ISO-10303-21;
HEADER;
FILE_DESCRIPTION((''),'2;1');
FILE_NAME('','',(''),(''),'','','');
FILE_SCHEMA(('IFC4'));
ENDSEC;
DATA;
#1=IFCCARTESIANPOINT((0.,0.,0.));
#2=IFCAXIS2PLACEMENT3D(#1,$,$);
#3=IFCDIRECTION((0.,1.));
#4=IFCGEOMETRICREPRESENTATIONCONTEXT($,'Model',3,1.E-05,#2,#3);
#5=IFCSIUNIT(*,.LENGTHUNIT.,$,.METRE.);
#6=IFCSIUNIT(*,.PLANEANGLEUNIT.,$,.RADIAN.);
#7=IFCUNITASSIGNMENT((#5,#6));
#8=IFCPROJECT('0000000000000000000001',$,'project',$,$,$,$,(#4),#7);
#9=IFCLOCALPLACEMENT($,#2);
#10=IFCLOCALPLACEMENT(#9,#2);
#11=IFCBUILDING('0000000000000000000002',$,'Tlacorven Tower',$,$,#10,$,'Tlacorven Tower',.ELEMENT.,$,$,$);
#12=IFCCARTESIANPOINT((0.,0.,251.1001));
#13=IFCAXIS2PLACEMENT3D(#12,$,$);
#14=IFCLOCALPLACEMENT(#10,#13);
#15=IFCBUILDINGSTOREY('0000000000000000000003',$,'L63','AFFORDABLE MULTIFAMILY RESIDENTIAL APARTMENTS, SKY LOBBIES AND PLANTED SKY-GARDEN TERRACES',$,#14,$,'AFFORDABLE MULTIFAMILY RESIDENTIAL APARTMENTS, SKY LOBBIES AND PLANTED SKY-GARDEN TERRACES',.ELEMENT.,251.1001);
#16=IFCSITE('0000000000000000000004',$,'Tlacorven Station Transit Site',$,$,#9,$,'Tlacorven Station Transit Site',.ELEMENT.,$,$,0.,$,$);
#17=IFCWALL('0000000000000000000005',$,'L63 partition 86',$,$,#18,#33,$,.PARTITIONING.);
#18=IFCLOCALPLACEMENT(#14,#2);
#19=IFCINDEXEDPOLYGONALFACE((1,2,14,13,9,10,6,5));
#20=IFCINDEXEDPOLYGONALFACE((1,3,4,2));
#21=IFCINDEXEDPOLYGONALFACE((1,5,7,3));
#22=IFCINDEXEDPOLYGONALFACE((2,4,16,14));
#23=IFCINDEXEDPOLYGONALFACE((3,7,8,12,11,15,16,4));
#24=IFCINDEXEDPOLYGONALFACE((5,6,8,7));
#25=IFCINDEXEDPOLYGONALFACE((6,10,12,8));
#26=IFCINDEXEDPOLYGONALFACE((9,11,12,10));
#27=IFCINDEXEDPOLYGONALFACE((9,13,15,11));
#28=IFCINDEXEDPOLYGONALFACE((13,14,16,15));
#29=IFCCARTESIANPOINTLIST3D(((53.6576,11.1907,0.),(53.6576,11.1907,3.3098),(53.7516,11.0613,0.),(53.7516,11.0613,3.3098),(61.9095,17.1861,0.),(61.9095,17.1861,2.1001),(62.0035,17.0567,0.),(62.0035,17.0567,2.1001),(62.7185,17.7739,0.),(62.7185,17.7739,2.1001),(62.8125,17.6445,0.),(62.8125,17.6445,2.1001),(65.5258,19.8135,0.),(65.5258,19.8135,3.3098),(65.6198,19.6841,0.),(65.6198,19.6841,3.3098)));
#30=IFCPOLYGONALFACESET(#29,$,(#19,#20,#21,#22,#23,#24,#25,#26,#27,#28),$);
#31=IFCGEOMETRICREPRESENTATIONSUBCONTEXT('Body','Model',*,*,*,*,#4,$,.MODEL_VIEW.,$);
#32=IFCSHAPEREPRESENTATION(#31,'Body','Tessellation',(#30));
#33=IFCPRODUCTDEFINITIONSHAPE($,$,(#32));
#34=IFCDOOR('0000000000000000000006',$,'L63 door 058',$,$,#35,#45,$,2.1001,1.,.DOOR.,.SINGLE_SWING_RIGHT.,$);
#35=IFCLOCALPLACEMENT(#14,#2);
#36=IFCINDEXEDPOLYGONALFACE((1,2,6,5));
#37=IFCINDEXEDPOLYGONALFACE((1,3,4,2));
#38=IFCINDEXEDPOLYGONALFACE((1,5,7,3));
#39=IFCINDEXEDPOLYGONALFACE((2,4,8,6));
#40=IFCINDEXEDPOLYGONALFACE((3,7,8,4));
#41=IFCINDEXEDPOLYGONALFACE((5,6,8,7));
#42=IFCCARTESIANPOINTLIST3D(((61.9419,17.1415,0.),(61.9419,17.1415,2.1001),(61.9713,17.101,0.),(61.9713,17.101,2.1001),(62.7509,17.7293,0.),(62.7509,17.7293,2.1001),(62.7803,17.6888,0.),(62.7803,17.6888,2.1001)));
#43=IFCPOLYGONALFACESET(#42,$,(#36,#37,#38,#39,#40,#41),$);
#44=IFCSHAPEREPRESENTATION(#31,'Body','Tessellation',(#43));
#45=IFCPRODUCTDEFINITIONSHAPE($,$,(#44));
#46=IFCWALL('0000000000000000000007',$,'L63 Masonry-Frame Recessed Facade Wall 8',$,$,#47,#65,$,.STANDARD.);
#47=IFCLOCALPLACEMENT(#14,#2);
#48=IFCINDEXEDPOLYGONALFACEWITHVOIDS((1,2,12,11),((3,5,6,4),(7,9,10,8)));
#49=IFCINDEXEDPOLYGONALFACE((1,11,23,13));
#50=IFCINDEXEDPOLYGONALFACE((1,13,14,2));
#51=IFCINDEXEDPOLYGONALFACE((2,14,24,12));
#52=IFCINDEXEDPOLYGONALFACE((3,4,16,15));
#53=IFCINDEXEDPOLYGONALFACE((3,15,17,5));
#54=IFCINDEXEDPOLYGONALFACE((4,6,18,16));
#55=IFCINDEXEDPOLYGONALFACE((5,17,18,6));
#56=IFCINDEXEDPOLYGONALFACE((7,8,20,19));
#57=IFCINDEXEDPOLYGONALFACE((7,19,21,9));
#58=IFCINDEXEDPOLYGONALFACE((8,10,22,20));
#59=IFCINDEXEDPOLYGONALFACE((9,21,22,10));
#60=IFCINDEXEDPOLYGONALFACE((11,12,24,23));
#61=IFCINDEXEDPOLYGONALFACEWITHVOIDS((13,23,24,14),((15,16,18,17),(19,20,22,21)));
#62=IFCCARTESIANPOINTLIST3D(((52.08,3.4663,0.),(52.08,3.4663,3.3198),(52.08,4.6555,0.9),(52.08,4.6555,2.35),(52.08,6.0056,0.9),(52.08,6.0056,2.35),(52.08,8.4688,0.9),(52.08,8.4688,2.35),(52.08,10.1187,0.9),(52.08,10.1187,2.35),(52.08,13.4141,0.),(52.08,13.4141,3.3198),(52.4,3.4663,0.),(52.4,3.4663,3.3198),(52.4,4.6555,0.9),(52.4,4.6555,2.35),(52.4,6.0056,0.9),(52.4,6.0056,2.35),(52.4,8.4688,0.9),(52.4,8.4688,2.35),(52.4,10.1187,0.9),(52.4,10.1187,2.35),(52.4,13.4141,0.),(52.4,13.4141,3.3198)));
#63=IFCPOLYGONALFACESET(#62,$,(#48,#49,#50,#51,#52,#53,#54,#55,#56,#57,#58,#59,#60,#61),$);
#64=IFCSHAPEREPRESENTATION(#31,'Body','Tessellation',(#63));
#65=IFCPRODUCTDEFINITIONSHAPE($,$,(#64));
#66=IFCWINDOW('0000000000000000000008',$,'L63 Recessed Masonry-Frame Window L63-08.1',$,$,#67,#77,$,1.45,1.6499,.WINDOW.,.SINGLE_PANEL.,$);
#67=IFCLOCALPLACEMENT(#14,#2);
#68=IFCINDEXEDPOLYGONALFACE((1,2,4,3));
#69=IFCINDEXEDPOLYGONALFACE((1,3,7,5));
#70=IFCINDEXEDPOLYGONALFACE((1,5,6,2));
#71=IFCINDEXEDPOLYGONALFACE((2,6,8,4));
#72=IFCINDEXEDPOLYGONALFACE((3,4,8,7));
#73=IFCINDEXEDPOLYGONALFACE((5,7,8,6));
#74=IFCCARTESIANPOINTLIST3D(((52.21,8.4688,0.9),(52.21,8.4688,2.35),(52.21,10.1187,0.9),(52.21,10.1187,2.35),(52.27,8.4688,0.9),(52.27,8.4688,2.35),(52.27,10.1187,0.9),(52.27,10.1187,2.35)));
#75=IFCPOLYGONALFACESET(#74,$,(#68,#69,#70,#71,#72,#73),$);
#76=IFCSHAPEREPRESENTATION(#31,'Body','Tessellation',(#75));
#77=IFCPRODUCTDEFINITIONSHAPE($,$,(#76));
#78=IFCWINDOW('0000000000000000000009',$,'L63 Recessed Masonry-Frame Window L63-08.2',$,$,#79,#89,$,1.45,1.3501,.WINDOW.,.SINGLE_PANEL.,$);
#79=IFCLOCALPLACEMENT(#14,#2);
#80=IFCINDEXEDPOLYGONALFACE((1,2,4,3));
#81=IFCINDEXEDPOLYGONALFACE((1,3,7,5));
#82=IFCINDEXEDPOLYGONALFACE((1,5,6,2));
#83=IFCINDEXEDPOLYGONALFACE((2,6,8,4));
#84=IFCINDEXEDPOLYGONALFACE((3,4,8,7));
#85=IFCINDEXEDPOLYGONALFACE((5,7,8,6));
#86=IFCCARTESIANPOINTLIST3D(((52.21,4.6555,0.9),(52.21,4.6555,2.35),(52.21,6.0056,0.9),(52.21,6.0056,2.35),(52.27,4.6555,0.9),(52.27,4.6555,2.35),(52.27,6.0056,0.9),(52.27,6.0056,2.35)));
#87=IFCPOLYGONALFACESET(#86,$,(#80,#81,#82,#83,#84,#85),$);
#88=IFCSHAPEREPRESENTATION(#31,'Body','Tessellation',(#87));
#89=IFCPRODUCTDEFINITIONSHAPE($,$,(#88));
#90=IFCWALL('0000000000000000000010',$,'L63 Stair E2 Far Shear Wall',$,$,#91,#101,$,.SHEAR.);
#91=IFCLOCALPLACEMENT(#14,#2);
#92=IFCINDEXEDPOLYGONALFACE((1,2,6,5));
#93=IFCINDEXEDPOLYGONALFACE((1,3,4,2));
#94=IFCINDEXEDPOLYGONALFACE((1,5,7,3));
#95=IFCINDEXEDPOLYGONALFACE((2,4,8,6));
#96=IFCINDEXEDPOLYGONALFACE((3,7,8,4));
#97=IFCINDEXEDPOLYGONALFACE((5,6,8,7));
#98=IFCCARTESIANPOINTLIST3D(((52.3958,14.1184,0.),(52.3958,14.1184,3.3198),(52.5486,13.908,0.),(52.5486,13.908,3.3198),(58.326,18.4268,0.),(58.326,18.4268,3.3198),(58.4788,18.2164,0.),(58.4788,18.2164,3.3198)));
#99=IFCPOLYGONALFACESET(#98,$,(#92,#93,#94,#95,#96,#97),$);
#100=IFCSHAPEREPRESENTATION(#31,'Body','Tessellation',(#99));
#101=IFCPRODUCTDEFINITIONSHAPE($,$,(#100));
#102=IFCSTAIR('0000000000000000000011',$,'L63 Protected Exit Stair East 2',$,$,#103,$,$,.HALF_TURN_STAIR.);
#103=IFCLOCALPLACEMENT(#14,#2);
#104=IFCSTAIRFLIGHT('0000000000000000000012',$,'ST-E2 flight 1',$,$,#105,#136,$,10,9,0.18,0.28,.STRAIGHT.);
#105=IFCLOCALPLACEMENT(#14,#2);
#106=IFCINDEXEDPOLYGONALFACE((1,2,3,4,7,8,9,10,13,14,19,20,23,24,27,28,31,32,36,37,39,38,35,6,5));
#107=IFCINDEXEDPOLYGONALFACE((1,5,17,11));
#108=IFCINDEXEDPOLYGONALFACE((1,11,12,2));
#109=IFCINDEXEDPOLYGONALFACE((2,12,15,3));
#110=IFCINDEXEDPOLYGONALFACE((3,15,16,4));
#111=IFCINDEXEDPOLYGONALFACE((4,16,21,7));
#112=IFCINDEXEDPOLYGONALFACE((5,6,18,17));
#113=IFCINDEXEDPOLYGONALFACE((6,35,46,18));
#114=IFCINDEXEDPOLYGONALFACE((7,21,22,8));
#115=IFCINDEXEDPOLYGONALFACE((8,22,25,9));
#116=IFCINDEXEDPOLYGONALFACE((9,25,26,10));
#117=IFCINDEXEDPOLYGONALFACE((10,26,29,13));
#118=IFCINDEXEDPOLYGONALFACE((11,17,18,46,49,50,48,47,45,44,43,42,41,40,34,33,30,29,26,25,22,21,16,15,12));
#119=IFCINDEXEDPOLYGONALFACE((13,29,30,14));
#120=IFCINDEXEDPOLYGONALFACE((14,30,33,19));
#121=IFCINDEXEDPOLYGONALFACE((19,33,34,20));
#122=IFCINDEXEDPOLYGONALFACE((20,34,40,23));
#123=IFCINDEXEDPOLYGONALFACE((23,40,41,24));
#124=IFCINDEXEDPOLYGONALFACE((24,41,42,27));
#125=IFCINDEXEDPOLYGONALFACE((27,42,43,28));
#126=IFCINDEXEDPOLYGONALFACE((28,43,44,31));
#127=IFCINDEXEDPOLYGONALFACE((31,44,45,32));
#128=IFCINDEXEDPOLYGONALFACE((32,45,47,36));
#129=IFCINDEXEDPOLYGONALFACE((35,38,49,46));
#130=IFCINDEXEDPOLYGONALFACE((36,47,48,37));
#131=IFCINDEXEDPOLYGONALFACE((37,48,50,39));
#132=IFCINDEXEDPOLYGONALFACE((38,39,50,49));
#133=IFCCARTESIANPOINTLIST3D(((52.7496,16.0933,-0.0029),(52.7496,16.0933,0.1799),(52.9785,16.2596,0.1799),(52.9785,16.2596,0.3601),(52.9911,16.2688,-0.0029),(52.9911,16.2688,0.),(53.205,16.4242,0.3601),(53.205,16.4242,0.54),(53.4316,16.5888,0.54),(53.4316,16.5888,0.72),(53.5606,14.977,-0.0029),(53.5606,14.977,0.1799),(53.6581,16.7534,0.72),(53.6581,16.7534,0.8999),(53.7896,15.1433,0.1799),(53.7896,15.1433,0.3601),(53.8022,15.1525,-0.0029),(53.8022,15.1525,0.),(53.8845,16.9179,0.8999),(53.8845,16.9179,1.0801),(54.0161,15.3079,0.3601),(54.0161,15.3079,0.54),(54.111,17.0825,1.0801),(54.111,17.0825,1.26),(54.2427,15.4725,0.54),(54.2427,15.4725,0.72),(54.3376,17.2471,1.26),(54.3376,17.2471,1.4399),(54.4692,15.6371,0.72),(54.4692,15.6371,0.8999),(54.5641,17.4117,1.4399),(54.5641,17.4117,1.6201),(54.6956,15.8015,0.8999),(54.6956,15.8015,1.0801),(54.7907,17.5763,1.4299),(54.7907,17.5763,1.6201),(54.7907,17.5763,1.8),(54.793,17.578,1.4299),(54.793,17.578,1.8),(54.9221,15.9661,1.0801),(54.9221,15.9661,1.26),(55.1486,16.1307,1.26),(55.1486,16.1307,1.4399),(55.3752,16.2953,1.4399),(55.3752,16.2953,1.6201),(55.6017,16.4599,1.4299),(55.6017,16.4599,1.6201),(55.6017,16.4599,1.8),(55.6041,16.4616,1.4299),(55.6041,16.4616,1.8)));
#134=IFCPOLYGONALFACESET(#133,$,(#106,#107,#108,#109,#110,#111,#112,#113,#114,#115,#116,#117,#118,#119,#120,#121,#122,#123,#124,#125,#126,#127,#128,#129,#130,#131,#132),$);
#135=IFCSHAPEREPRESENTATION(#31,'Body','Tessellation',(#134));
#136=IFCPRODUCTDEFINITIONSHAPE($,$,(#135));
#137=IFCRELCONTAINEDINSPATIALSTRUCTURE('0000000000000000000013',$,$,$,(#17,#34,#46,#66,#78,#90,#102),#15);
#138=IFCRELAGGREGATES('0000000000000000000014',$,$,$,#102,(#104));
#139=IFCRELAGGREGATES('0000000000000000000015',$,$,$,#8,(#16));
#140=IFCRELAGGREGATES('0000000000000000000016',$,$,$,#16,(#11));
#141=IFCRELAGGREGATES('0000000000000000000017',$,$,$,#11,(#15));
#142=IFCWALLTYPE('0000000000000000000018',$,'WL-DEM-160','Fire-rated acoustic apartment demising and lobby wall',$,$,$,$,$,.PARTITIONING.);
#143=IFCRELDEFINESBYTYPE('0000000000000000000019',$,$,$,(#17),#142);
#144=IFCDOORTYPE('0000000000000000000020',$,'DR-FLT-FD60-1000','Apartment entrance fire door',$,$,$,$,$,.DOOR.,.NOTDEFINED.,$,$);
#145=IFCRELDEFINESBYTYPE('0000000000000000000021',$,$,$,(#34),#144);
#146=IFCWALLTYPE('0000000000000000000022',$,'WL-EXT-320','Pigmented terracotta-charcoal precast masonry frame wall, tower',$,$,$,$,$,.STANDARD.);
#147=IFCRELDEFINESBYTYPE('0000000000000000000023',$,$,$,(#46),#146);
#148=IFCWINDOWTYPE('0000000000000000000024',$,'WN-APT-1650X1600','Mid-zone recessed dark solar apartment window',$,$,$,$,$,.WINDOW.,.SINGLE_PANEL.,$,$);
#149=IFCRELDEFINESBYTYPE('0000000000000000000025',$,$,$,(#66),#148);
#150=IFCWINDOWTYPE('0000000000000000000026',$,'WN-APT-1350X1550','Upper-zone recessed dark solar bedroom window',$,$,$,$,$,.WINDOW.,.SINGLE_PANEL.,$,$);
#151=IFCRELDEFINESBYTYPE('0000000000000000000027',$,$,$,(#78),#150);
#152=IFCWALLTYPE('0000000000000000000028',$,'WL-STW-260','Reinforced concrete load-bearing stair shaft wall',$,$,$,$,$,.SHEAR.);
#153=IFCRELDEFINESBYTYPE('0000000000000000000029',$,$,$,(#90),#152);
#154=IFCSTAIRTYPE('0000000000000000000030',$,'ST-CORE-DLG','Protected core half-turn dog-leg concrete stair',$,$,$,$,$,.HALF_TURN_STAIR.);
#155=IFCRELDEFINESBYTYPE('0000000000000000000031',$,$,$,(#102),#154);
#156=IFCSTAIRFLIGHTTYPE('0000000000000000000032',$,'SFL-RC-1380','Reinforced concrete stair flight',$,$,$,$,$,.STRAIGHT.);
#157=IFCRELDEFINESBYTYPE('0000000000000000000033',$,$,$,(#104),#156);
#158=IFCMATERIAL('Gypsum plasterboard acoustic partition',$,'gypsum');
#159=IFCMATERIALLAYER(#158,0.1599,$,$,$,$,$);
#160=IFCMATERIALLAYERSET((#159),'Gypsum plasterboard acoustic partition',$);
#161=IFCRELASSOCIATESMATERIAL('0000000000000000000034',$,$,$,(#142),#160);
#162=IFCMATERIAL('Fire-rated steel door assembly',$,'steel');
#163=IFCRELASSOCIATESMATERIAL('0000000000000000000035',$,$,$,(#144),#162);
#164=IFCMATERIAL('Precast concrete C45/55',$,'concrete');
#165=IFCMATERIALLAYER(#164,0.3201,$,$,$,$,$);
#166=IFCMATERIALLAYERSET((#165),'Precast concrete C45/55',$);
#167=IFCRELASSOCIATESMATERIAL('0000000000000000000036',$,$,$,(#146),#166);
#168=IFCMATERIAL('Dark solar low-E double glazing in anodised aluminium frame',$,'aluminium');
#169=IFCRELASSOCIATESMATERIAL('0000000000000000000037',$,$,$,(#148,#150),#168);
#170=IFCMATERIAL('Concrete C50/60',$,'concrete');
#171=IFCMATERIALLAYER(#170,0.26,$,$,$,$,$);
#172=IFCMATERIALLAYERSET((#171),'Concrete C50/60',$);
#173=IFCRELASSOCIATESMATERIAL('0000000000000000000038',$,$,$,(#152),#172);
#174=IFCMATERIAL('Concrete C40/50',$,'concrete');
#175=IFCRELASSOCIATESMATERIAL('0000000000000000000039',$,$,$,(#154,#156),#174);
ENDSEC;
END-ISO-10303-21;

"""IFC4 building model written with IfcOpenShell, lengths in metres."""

from ifc_helpers import new_model, si_unit, direction, frame, frame_2d, origin, place, context, subcontext, project, spatial, polyline, rectangle, outline, extrude, source, transform, mapped, material, layer, layer_set, type_object, element, fill, aggregate, save


model = new_model("IFC4")

# Units and contexts
model_context = context("Model", 3, precision=1e-05, world=origin(), true_north=direction((0.0, 1.0)))
body_context = subcontext(model_context, "Body", "Model", "MODEL_VIEW")
ifc_project = project(units=[si_unit("LENGTHUNIT", "METRE"), si_unit("PLANEANGLEUNIT", "RADIAN")], contexts=[model_context])

# Site, building, storey
site_placement = place(None, origin())
site = spatial("IfcSite", under=ifc_project, at=site_placement, Name="Tlacorven Station Transit Site", LongName="Tlacorven Station Transit Site", CompositionType="ELEMENT", RefElevation=0.0)
building_placement = place(site_placement, origin())
building = spatial("IfcBuilding", under=site, at=building_placement, Name="Tlacorven Tower", LongName="Tlacorven Tower", CompositionType="ELEMENT")
storey_placement = place(building_placement, frame((0.0, 0.0, 251.1001)))
storey = spatial("IfcBuildingStorey", under=building, at=storey_placement, Name="L63", Description="AFFORDABLE MULTIFAMILY RESIDENTIAL APARTMENTS, SKY LOBBIES AND PLANTED SKY-GARDEN TERRACES", LongName="AFFORDABLE MULTIFAMILY RESIDENTIAL APARTMENTS, SKY LOBBIES AND PLANTED SKY-GARDEN TERRACES", CompositionType="ELEMENT", Elevation=251.1001)

# Shared definitions
ifc_material_1 = material(Name="Concrete C50/60", Category="concrete")

# Wall, opening, door
ifc_material_2 = material(Name="Gypsum plasterboard acoustic partition", Category="gypsum")
ifc_layer_1 = layer(ifc_material_2, 0.1599)
ifc_layer_set_1 = layer_set([ifc_layer_1], Name="Gypsum plasterboard acoustic partition")
wall_type_1 = type_object("IfcWallType", Name="WL-DEM-160", Description="Fire-rated acoustic apartment demising and lobby wall", PredefinedType="PARTITIONING", material=ifc_layer_set_1)
wall_1_placement = place(storey_placement, frame((53.7046, 11.126, 0.0), z_axis=(0.0, 0.0, 1.0), x_axis=(0.809015, 0.587789, 0.0)))
wall_1 = element("IfcWall", 1, at=wall_1_placement, inside=storey, type_object=wall_type_1, Name="L63 partition 86", PredefinedType="PARTITIONING", context=body_context, shape_type="SweptSolid", body=[
    extrude(rectangle(XDim=14.6699, YDim=0.1599, at=frame_2d((7.335, 0.0))), origin(), (0.0, 0.0, 1.0), 3.3098),
])
opening_1_placement = place(wall_1_placement, frame((10.2, 0.0, 0.0)))
opening_1 = element("IfcOpeningElement", 2, at=opening_1_placement, cuts=wall_1, PredefinedType="OPENING", context=body_context, shape_type="SweptSolid", body=[
    extrude(rectangle(XDim=1.0, YDim=2.1001, at=frame_2d((0.5, 1.05))), frame((0.0, 0.0898, 0.0), z_axis=(0.0, -1.0, 0.0), x_axis=(1.0, 0.0, 0.0)), (0.0, 0.0, 1.0), 0.1799),
])
ifc_material_3 = material(Name="Fire-rated steel door assembly", Category="steel")
door_type = type_object("IfcDoorType", Name="DR-FLT-FD60-1000", Description="Apartment entrance fire door", OperationType="NOTDEFINED", PredefinedType="DOOR", material=ifc_material_3)
shared_shape_1 = source(origin(), body_context, "Body", "SweptSolid", [
    extrude(rectangle(XDim=1.0, YDim=2.1001, at=frame_2d((0.5, 1.05))), frame((0.0, 0.0249, 0.0), z_axis=(0.0, -1.0, 0.0), x_axis=(1.0, 0.0, 0.0)), (0.0, 0.0, 1.0), 0.05),
])
door_placement = place(opening_1_placement, origin())
door = element("IfcDoor", 3, at=door_placement, inside=storey, type_object=door_type, Name="L63 door 058", OperationType="SINGLE_SWING_RIGHT", OverallHeight=2.1001, OverallWidth=1.0, PredefinedType="DOOR", context=body_context, shape_type="MappedRepresentation", body=[
    mapped(shared_shape_1, transform((0.0, 0.0, 0.0), scale=1.0)),
])
fill(opening_1, door)

# Wall, openings, windows
ifc_material_4 = material(Name="Precast concrete C45/55", Category="concrete")
ifc_layer_2 = layer(ifc_material_4, 0.3201)
ifc_layer_set_2 = layer_set([ifc_layer_2], Name="Precast concrete C45/55")
wall_type_2 = type_object("IfcWallType", Name="WL-EXT-320", Description="Pigmented terracotta-charcoal precast masonry frame wall, tower", PredefinedType="STANDARD", material=ifc_layer_set_2)
wall_2_placement = place(storey_placement, frame((52.24, 13.4141, 0.0), z_axis=(0.0, 0.0, 1.0), x_axis=(0.0, -1.0, 0.0)))
wall_2 = element("IfcWall", 4, at=wall_2_placement, inside=storey, type_object=wall_type_2, Name="L63 Masonry-Frame Recessed Facade Wall 8", PredefinedType="STANDARD", context=body_context, shape_type="SweptSolid", body=[
    extrude(rectangle(XDim=9.9478, YDim=0.3201, at=frame_2d((4.9739, 0.0))), origin(), (0.0, 0.0, 1.0), 3.3198),
])
opening_2_placement = place(wall_2_placement, frame((3.2954, 0.0, 0.8999)))
opening_2 = element("IfcOpeningElement", 5, at=opening_2_placement, cuts=wall_2, PredefinedType="OPENING", context=body_context, shape_type="SweptSolid", body=[
    extrude(rectangle(XDim=1.6499, YDim=1.45, at=frame_2d((0.825, 0.7251))), frame((0.0, 0.1699, 0.0), z_axis=(0.0, -1.0, 0.0), x_axis=(1.0, 0.0, 0.0)), (0.0, 0.0, 1.0), 0.3401),
])
opening_3_placement = place(wall_2_placement, frame((7.4084, 0.0, 0.8999)))
opening_3 = element("IfcOpeningElement", 6, at=opening_3_placement, cuts=wall_2, PredefinedType="OPENING", context=body_context, shape_type="SweptSolid", body=[
    extrude(rectangle(XDim=1.3501, YDim=1.45, at=frame_2d((0.675, 0.7251))), frame((0.0, 0.1699, 0.0), z_axis=(0.0, -1.0, 0.0), x_axis=(1.0, 0.0, 0.0)), (0.0, 0.0, 1.0), 0.3401),
])
ifc_material_5 = material(Name="Dark solar low-E double glazing in anodised aluminium frame", Category="aluminium")
window_type_1 = type_object("IfcWindowType", Name="WN-APT-1650X1600", Description="Mid-zone recessed dark solar apartment window", PartitioningType="SINGLE_PANEL", PredefinedType="WINDOW", material=ifc_material_5)
shared_shape_2 = source(origin(), body_context, "Body", "SweptSolid", [
    extrude(rectangle(XDim=1.6499, YDim=1.45, at=frame_2d((0.825, 0.7251))), frame((0.0, 0.03, 0.0), z_axis=(0.0, -1.0, 0.0), x_axis=(1.0, 0.0, 0.0)), (0.0, 0.0, 1.0), 0.0601),
])
window_1_placement = place(opening_2_placement, origin())
window_1 = element("IfcWindow", 7, at=window_1_placement, inside=storey, type_object=window_type_1, Name="L63 Recessed Masonry-Frame Window L63-08.1", OverallHeight=1.45, OverallWidth=1.6499, PartitioningType="SINGLE_PANEL", PredefinedType="WINDOW", context=body_context, shape_type="MappedRepresentation", body=[
    mapped(shared_shape_2, transform((0.0, 0.0, 0.0), scale=1.0)),
])
fill(opening_2, window_1)
window_type_2 = type_object("IfcWindowType", Name="WN-APT-1350X1550", Description="Upper-zone recessed dark solar bedroom window", PartitioningType="SINGLE_PANEL", PredefinedType="WINDOW", material=ifc_material_5)
shared_shape_3 = source(origin(), body_context, "Body", "SweptSolid", [
    extrude(rectangle(XDim=1.3501, YDim=1.45, at=frame_2d((0.675, 0.7251))), frame((0.0, 0.03, 0.0), z_axis=(0.0, -1.0, 0.0), x_axis=(1.0, 0.0, 0.0)), (0.0, 0.0, 1.0), 0.0601),
])
window_2_placement = place(opening_3_placement, origin())
window_2 = element("IfcWindow", 8, at=window_2_placement, inside=storey, type_object=window_type_2, Name="L63 Recessed Masonry-Frame Window L63-08.2", OverallHeight=1.45, OverallWidth=1.3501, PartitioningType="SINGLE_PANEL", PredefinedType="WINDOW", context=body_context, shape_type="MappedRepresentation", body=[
    mapped(shared_shape_3, transform((0.0, 0.0, 0.0), scale=1.0)),
])
fill(opening_3, window_2)

# Wall
ifc_layer_3 = layer(ifc_material_1, 0.26)
ifc_layer_set_3 = layer_set([ifc_layer_3], Name="Concrete C50/60")
wall_type_3 = type_object("IfcWallType", Name="WL-STW-260", Description="Reinforced concrete load-bearing stair shaft wall", PredefinedType="SHEAR", material=ifc_layer_set_3)
wall_3_placement = place(storey_placement, frame((52.4722, 14.0132, 0.0), z_axis=(0.0, 0.0, 1.0), x_axis=(0.809028, 0.58777, 0.0)))
element("IfcWall", 9, at=wall_3_placement, inside=storey, type_object=wall_type_3, Name="L63 Stair E2 Far Shear Wall", PredefinedType="SHEAR", context=body_context, shape_type="SweptSolid", body=[
    extrude(rectangle(XDim=7.3301, YDim=0.26, at=frame_2d((3.665, 0.0))), origin(), (0.0, 0.0, 1.0), 3.3198),
])

# Stair, stair flight
ifc_material_6 = material(Name="Concrete C40/50", Category="concrete")
stair_type = type_object("IfcStairType", Name="ST-CORE-DLG", Description="Protected core half-turn dog-leg concrete stair", PredefinedType="HALF_TURN_STAIR", material=ifc_material_6)
stair_placement = place(storey_placement, origin())
stair = element("IfcStair", 10, at=stair_placement, inside=storey, type_object=stair_type, Name="L63 Protected Exit Stair East 2", PredefinedType="HALF_TURN_STAIR")
stair_flight_type = type_object("IfcStairFlightType", Name="SFL-RC-1380", Description="Reinforced concrete stair flight", PredefinedType="STRAIGHT", material=ifc_material_6)
shared_shape_4 = source(origin(), body_context, "Body", "SweptSolid", [
    extrude(outline(polyline([(-0.0029, -0.0029), (-0.0029, 0.1799), (0.28, 0.1799), (0.28, 0.3601), (0.5601, 0.3601), (0.5601, 0.54), (0.8401, 0.54), (0.8401, 0.72), (1.1201, 0.72), (1.1201, 0.8999), (1.3999, 0.8999), (1.3999, 1.0801), (1.6799, 1.0801), (1.6799, 1.26), (1.96, 1.26), (1.96, 1.4399), (2.24, 1.4399), (2.24, 1.6201), (2.52, 1.6201), (2.52, 1.8), (2.5229, 1.8), (2.5229, 1.4299), (2.52, 1.4299), (0.2957, 0.0), (0.2957, -0.0029), (-0.0029, -0.0029)])), frame((0.0, 0.6899, 0.0), z_axis=(0.0, -1.0, 0.0), x_axis=(1.0, 0.0, 0.0)), (0.0, 0.0, 1.0), 1.3799),
])
stair_flight_1_placement = place(storey_placement, frame((53.1575, 15.5369, 0.0), z_axis=(0.0, 0.0, 1.0), x_axis=(0.809017, 0.587785, 0.0)))
stair_flight_1 = element("IfcStairFlight", 11, at=stair_flight_1_placement, type_object=stair_flight_type, Name="ST-E2 flight 1", NumberOfRisers=10, NumberOfTreads=9, PredefinedType="STRAIGHT", RiserHeight=0.18, TreadLength=0.28, context=body_context, shape_type="MappedRepresentation", body=[
    mapped(shared_shape_4, transform((0.0, 0.0, 0.0), scale=1.0)),
])
aggregate(stair, [stair_flight_1])

save(model, "model.ifc")
